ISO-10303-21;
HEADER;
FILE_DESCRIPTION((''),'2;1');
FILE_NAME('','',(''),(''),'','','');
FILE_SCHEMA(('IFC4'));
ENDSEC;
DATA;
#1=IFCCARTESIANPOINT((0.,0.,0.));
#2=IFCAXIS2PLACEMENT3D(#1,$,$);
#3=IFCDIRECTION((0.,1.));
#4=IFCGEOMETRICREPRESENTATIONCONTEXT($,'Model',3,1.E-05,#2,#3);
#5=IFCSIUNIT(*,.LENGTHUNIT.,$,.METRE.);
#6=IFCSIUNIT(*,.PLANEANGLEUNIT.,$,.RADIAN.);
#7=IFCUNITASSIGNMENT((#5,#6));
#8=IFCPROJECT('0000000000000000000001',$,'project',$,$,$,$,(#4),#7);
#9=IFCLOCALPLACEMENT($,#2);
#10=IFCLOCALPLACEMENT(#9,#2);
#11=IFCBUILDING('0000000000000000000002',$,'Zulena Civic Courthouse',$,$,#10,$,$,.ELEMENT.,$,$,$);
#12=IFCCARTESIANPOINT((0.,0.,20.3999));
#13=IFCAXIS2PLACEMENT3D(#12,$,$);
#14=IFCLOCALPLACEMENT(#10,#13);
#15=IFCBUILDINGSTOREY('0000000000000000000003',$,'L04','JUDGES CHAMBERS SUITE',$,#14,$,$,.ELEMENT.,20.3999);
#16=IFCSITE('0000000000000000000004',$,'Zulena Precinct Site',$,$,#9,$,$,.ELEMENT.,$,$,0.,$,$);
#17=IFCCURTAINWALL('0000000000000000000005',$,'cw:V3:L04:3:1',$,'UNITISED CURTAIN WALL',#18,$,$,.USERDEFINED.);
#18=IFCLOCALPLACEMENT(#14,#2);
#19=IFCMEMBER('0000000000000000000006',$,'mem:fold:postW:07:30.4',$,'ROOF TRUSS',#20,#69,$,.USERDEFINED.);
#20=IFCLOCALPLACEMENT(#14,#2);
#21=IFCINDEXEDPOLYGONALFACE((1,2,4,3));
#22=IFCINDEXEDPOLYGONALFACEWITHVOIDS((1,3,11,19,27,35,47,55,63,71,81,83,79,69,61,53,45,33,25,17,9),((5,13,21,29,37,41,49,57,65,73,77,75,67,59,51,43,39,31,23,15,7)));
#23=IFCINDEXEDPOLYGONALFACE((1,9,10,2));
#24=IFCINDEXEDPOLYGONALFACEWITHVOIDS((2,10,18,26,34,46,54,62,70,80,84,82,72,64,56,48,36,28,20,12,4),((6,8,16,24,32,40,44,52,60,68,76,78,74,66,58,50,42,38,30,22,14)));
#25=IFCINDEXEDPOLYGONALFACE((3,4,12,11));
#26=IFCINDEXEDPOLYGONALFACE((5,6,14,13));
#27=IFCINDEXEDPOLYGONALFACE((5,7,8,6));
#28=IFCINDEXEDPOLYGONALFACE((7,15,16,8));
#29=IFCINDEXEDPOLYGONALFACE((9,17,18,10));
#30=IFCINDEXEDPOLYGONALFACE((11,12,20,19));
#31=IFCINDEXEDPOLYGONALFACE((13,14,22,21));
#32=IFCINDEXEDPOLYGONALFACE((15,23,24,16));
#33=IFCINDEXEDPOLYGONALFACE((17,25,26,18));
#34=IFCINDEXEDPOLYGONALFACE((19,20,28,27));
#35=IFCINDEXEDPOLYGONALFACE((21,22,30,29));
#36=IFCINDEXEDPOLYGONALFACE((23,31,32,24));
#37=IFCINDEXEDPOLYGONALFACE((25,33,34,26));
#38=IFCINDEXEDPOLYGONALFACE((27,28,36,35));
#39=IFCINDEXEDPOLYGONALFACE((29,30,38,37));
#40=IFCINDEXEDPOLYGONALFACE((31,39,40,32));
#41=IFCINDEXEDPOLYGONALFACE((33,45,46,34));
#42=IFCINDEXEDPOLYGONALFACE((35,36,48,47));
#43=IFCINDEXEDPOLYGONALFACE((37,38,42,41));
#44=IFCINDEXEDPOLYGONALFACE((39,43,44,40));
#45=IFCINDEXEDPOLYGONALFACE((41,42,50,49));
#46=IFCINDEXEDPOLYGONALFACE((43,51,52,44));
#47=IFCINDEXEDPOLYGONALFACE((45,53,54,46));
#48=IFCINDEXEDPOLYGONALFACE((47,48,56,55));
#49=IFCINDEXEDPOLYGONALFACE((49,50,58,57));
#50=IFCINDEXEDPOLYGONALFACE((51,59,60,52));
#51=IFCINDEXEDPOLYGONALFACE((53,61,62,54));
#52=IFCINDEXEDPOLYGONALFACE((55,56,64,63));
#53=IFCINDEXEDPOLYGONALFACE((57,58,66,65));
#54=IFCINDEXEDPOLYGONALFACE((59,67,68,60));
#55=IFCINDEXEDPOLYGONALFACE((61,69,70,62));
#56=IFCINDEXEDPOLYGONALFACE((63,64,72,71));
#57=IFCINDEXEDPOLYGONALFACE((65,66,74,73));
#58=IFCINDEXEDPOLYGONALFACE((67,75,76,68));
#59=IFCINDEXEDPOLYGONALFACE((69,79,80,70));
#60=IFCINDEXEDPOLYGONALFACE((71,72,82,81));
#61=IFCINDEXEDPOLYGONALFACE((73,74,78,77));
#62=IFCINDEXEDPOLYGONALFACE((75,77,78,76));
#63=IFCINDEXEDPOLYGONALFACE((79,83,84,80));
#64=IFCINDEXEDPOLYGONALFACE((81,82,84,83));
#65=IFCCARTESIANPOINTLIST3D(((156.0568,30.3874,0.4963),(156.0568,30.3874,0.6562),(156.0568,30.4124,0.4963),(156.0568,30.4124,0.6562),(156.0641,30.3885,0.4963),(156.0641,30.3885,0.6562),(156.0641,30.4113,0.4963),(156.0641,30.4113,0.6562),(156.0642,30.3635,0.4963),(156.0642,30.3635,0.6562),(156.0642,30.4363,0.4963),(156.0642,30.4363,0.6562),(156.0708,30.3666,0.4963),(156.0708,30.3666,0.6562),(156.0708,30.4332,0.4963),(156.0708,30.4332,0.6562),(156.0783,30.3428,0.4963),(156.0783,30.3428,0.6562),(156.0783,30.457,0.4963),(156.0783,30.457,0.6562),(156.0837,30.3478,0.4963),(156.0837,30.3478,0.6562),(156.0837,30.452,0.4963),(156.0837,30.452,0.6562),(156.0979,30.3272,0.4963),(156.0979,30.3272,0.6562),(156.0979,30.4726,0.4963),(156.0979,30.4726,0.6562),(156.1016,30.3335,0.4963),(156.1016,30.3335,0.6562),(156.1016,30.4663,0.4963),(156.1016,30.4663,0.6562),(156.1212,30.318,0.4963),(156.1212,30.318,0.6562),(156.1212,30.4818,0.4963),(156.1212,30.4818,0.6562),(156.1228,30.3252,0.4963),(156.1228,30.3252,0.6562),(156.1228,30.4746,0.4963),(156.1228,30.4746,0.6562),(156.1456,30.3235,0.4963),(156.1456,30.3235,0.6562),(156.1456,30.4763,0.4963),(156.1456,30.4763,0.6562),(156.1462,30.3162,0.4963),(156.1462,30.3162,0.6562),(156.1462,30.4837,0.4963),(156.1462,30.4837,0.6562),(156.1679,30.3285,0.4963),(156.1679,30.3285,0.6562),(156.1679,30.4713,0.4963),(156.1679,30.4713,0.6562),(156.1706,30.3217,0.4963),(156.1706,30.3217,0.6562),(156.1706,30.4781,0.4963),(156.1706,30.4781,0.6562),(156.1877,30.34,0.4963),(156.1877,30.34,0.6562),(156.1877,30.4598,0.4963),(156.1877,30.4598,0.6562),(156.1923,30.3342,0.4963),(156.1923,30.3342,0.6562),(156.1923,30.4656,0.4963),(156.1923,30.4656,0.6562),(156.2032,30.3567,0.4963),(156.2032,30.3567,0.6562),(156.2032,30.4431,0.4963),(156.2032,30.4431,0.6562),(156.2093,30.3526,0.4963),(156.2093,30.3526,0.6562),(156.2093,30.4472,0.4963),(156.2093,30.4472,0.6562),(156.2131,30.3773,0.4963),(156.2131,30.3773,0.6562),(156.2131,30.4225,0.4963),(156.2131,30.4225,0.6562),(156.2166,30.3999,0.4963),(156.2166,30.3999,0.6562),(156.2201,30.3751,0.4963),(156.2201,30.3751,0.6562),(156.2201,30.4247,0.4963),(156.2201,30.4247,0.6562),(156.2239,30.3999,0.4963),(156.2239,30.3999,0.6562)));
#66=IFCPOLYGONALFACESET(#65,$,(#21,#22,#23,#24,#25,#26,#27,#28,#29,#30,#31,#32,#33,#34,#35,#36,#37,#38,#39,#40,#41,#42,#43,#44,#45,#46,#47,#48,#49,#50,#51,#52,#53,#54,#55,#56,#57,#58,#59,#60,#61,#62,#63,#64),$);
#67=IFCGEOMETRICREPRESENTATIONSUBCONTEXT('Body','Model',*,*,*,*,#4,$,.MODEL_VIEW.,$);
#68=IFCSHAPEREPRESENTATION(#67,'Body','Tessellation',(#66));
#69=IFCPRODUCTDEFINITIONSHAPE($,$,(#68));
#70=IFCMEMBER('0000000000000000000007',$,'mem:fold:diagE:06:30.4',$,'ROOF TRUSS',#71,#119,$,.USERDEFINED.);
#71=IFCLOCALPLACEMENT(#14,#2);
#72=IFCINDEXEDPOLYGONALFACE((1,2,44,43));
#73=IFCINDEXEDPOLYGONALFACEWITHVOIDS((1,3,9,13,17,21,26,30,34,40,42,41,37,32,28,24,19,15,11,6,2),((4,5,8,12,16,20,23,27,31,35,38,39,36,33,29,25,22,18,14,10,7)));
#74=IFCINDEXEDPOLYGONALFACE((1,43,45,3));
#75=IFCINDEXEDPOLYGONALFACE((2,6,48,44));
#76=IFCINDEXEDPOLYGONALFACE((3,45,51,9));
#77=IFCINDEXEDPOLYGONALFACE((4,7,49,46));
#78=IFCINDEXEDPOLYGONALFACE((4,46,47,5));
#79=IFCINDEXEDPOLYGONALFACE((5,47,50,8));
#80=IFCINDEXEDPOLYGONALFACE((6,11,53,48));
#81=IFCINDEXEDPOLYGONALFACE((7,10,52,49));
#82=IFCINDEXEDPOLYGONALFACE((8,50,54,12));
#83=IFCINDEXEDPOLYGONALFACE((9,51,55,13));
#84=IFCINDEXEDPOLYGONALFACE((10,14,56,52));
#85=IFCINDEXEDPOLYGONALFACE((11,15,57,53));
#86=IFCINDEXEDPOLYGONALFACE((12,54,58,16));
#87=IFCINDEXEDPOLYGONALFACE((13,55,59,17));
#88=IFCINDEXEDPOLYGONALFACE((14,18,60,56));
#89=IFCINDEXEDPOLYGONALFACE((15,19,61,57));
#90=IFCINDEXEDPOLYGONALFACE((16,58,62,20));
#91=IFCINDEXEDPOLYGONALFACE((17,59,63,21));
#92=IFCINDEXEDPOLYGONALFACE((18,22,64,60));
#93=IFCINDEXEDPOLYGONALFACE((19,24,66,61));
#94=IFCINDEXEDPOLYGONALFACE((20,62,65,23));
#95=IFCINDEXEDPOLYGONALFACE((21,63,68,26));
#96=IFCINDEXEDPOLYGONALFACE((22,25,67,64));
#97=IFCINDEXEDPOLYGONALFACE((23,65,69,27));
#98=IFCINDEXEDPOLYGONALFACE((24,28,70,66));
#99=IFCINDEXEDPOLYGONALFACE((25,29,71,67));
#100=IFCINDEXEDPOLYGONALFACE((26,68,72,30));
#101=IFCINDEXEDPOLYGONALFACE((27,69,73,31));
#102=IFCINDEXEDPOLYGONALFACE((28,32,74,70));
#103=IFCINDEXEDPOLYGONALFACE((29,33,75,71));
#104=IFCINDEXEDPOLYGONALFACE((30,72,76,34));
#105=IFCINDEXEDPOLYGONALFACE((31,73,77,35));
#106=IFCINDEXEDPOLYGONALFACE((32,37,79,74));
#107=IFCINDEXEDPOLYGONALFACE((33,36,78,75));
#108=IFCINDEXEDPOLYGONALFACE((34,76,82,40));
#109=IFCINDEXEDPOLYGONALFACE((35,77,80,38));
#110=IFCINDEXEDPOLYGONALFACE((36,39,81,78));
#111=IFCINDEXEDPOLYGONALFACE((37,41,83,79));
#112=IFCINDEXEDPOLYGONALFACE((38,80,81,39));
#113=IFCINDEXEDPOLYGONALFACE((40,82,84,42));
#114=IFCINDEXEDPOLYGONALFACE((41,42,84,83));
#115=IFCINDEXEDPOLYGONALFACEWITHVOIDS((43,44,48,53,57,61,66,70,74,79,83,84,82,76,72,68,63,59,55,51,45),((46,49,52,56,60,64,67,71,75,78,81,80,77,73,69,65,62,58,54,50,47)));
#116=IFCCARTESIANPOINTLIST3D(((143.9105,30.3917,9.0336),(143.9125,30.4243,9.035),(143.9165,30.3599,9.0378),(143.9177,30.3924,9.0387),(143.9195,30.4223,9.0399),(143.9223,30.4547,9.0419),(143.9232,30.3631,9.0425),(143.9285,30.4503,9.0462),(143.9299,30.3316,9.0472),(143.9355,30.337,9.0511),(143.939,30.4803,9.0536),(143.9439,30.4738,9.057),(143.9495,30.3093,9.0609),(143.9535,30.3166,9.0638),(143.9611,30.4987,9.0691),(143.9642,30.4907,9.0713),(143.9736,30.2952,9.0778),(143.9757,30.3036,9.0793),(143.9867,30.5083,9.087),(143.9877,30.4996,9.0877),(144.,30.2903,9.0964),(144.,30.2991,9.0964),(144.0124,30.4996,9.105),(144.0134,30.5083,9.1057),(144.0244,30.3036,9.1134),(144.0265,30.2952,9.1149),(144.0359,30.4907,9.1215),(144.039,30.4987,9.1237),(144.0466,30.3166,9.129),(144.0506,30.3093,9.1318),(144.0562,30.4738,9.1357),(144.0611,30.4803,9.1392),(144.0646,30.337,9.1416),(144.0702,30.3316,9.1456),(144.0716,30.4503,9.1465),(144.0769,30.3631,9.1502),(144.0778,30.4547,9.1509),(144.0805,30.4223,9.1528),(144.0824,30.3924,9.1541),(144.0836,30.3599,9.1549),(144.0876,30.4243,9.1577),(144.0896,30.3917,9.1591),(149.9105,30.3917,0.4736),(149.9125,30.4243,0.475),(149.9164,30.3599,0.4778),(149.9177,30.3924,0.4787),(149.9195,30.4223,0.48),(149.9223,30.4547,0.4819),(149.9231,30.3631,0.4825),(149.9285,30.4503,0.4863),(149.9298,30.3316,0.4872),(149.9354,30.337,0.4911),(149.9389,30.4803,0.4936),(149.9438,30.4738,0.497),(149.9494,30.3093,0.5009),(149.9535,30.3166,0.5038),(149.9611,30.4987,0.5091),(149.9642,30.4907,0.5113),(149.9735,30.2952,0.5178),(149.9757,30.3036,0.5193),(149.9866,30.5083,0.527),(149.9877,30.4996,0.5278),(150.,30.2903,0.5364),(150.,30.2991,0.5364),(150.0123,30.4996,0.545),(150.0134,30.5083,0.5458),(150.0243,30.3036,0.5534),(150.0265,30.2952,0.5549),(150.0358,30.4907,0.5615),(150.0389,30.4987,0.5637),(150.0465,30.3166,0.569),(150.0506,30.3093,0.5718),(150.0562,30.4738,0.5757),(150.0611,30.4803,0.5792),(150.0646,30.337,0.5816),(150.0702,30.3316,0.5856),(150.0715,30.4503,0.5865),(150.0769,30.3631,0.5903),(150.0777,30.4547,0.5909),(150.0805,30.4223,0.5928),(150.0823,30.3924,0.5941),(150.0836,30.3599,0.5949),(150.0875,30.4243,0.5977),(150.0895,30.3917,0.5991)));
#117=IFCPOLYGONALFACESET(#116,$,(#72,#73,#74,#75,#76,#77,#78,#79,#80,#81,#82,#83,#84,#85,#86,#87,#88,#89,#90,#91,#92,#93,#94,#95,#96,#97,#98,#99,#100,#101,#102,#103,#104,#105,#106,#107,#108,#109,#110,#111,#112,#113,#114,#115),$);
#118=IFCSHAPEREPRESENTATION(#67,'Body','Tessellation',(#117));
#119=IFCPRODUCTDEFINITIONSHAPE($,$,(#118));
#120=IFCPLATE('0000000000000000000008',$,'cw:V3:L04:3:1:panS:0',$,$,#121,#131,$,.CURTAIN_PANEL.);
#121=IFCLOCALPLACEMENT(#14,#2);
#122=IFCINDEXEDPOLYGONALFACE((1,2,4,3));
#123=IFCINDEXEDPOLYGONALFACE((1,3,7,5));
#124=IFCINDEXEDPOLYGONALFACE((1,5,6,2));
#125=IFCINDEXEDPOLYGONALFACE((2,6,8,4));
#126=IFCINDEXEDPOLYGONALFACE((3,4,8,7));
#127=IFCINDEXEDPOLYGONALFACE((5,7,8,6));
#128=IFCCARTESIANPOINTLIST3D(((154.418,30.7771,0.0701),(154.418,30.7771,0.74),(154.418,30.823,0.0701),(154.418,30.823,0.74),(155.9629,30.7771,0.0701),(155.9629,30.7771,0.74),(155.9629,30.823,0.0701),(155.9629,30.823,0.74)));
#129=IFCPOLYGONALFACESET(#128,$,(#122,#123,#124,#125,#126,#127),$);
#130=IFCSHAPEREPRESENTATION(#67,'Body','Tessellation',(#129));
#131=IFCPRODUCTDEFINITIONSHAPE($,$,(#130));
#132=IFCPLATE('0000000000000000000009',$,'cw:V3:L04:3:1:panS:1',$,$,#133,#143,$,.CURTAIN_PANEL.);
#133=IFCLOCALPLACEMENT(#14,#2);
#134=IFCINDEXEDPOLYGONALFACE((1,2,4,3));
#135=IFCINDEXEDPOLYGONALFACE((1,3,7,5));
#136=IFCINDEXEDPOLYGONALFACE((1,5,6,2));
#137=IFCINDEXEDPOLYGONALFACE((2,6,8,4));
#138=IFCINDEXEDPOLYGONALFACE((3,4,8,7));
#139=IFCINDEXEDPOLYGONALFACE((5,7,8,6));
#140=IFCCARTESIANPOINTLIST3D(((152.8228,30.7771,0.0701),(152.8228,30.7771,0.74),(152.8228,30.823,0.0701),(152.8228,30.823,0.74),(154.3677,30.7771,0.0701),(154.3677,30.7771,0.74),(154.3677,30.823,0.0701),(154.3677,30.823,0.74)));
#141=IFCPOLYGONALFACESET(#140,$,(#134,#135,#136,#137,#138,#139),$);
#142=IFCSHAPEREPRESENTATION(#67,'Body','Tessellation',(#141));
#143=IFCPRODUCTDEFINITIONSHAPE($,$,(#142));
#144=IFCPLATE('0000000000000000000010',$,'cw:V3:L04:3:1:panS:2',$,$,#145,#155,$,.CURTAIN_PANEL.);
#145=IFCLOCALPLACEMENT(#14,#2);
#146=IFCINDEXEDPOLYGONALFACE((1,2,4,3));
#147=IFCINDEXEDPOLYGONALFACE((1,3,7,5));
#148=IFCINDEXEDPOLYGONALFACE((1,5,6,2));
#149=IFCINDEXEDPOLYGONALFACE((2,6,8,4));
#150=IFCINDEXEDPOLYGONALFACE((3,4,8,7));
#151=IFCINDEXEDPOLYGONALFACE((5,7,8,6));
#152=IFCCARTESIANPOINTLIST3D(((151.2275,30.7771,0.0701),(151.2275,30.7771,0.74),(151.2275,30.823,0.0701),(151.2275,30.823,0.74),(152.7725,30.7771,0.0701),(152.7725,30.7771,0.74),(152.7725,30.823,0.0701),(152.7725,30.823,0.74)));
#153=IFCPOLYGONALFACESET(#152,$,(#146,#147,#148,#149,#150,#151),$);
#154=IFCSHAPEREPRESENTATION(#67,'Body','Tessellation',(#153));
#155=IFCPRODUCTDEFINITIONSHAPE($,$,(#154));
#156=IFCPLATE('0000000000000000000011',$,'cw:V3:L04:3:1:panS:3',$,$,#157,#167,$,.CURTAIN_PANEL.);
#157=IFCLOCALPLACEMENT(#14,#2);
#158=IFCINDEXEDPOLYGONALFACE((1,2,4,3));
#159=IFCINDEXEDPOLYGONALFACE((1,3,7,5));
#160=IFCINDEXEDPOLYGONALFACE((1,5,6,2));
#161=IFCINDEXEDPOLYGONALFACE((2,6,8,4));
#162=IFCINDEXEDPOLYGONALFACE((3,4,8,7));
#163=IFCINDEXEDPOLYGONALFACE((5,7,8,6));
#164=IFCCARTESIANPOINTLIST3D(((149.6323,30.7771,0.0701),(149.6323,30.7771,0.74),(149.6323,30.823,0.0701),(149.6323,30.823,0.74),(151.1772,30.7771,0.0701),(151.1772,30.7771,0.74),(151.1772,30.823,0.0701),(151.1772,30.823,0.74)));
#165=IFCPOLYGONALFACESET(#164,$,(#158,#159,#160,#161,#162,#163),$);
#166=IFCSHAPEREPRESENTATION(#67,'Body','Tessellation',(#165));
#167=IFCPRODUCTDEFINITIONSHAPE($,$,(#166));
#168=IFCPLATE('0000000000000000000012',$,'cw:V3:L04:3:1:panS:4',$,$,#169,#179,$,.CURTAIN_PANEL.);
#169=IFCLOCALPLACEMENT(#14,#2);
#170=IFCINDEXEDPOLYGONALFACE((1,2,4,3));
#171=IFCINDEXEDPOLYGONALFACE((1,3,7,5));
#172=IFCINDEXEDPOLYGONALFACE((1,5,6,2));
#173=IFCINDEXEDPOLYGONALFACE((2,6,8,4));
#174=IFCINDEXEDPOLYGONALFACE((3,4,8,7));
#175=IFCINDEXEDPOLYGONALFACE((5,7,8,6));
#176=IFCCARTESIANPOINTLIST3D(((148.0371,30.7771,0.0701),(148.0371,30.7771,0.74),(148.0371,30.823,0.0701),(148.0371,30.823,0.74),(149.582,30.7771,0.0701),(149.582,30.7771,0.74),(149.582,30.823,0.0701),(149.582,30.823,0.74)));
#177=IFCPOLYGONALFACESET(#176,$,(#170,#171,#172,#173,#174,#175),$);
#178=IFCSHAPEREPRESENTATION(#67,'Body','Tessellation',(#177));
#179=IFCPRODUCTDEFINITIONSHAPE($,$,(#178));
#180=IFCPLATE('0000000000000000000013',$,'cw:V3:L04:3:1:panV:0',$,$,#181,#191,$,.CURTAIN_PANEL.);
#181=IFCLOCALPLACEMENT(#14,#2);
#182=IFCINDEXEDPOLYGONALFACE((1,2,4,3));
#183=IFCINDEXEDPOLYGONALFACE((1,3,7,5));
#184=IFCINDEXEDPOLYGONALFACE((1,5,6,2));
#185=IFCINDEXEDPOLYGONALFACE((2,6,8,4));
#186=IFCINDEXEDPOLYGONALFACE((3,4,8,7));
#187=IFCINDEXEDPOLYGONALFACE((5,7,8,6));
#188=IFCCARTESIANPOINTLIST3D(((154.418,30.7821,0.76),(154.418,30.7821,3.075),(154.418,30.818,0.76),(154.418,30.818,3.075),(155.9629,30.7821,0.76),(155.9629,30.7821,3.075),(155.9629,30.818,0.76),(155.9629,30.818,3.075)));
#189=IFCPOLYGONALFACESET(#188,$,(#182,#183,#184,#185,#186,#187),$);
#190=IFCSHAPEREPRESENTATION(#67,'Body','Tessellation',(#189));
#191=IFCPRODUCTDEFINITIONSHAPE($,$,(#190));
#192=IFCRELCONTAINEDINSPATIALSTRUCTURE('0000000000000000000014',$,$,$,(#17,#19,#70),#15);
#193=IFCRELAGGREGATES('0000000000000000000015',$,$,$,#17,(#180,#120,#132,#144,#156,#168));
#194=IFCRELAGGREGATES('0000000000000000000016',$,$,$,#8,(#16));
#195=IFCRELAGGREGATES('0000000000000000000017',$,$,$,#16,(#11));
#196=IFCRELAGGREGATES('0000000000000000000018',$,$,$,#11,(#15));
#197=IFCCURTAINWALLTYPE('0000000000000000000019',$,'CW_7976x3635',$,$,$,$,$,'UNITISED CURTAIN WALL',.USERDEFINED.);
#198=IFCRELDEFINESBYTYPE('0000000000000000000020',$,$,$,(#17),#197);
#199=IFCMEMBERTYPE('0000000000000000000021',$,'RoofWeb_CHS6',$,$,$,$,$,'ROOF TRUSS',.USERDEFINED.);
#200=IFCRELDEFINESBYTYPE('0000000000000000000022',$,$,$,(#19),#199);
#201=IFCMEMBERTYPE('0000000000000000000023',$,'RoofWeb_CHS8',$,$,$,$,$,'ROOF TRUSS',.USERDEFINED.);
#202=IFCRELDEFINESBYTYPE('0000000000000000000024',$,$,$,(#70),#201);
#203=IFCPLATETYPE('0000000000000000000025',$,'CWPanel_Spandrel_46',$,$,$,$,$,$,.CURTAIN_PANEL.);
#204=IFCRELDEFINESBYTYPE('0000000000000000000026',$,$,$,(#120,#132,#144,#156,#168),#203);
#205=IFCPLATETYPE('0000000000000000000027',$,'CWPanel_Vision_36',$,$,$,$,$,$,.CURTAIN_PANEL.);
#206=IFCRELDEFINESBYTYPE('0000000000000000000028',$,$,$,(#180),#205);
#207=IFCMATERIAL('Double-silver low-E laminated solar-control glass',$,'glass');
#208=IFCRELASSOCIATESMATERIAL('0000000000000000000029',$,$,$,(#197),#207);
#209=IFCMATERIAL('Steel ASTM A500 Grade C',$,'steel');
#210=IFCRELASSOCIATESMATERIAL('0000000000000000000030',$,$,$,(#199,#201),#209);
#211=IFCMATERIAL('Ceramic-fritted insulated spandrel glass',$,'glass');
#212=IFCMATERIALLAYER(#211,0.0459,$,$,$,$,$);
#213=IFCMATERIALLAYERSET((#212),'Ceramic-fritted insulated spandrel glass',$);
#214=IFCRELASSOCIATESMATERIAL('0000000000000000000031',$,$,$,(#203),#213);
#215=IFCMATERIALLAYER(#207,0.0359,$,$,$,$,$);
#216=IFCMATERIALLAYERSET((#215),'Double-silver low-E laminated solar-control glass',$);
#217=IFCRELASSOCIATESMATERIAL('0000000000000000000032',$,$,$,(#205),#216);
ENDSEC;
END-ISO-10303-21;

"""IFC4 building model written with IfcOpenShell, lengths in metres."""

from ifc_helpers import new_model, si_unit, direction, frame, origin, origin_2d, place, context, subcontext, project, spatial, rectangle, hollow_circle, extrude, material, layer, layer_set, material_profile, profile_set, type_object, element, aggregate, save


model = new_model("IFC4")

# Units and contexts
model_context = context("Model", 3, precision=1e-05, world=origin(), true_north=direction((0.0, 1.0)))
body_context = subcontext(model_context, "Body", "Model", "MODEL_VIEW")
ifc_project = project(units=[si_unit("LENGTHUNIT", "METRE"), si_unit("PLANEANGLEUNIT", "RADIAN")], contexts=[model_context])

# Site, building, storey
site_placement = place(None, origin())
site = spatial("IfcSite", under=ifc_project, at=site_placement, Name="Zulena Precinct Site", CompositionType="ELEMENT", RefElevation=0.0)
building_placement = place(site_placement, origin())
building = spatial("IfcBuilding", under=site, at=building_placement, Name="Zulena Civic Courthouse", CompositionType="ELEMENT")
storey_placement = place(building_placement, frame((0.0, 0.0, 20.3999)))
storey = spatial("IfcBuildingStorey", under=building, at=storey_placement, Name="L04", Description="JUDGES CHAMBERS SUITE", CompositionType="ELEMENT", Elevation=20.3999)

# Curtain wall
ifc_material_1 = material(Name="Double-silver low-E laminated solar-control glass", Category="glass")
curtain_wall_type = type_object("IfcCurtainWallType", Name="CW_7976x3635", ElementType="UNITISED CURTAIN WALL", PredefinedType="USERDEFINED", material=ifc_material_1)
curtain_wall_placement = place(storey_placement, origin())
curtain_wall = element("IfcCurtainWall", 1, at=curtain_wall_placement, inside=storey, type_object=curtain_wall_type, Name="cw:V3:L04:3:1", ObjectType="UNITISED CURTAIN WALL", PredefinedType="USERDEFINED")

# Members
ifc_material_2 = material(Name="Steel ASTM A500 Grade C", Category="steel")
ifc_material_profile_1 = material_profile(ifc_material_2, hollow_circle(Radius=0.084, WallThickness=0.0073, at=origin_2d()), Name="HSS6.625X0.312")
ifc_profile_set_1 = profile_set([ifc_material_profile_1], Name="Steel ASTM A500 Grade C")
member_type_1 = type_object("IfcMemberType", Name="RoofWeb_CHS6", ElementType="ROOF TRUSS", PredefinedType="USERDEFINED", material=ifc_profile_set_1)
member_1_placement = place(storey_placement, frame((156.1399, 30.3999, 0.4963), z_axis=(0.0, 0.0, 1.0), x_axis=(1.0, 0.0, 0.0)))
element("IfcMember", 2, at=member_1_placement, inside=storey, type_object=member_type_1, Name="mem:fold:postW:07:30.4", ObjectType="ROOF TRUSS", PredefinedType="USERDEFINED", context=body_context, shape_type="SweptSolid", body=[
    extrude(hollow_circle(Radius=0.084, WallThickness=0.0073, at=origin_2d()), origin(), (0.0, 0.0, 1.0), 0.1599),
])
ifc_material_profile_2 = material_profile(ifc_material_2, hollow_circle(Radius=0.1096, WallThickness=0.0088, at=origin_2d()), Name="HSS8.625X0.375")
ifc_profile_set_2 = profile_set([ifc_material_profile_2], Name="Steel ASTM A500 Grade C")
member_type_2 = type_object("IfcMemberType", Name="RoofWeb_CHS8", ElementType="ROOF TRUSS", PredefinedType="USERDEFINED", material=ifc_profile_set_2)
member_2_placement = place(storey_placement, frame((150.0, 30.3999, 0.5364), z_axis=(-0.573973, 0.0, 0.818874), x_axis=(0.0, -1.0, 0.0)))
element("IfcMember", 3, at=member_2_placement, inside=storey, type_object=member_type_2, Name="mem:fold:diagE:06:30.4", ObjectType="ROOF TRUSS", PredefinedType="USERDEFINED", context=body_context, shape_type="SweptSolid", body=[
    extrude(hollow_circle(Radius=0.1096, WallThickness=0.0088, at=origin_2d()), origin(), (0.0, 0.0, 1.0), 10.4534),
])

# Plates
ifc_material_3 = material(Name="Ceramic-fritted insulated spandrel glass", Category="glass")
ifc_layer_1 = layer(ifc_material_3, 0.0459)
ifc_layer_set_1 = layer_set([ifc_layer_1], Name="Ceramic-fritted insulated spandrel glass")
plate_type_1 = type_object("IfcPlateType", Name="CWPanel_Spandrel_46", PredefinedType="CURTAIN_PANEL", material=ifc_layer_set_1)
plate_1_placement = place(storey_placement, frame((155.1904, 30.8, 0.0701), z_axis=(0.0, 0.0, 1.0), x_axis=(-1.0, 0.0, 0.0)))
plate_1 = element("IfcPlate", 4, at=plate_1_placement, type_object=plate_type_1, Name="cw:V3:L04:3:1:panS:0", PredefinedType="CURTAIN_PANEL", context=body_context, shape_type="SweptSolid", body=[
    extrude(rectangle(XDim=1.5449, YDim=0.0459, at=origin_2d()), origin(), (0.0, 0.0, 1.0), 0.6699),
])
plate_2_placement = place(storey_placement, frame((153.5952, 30.8, 0.0701), z_axis=(0.0, 0.0, 1.0), x_axis=(-1.0, 0.0, 0.0)))
plate_2 = element("IfcPlate", 5, at=plate_2_placement, type_object=plate_type_1, Name="cw:V3:L04:3:1:panS:1", PredefinedType="CURTAIN_PANEL", context=body_context, shape_type="SweptSolid", body=[
    extrude(rectangle(XDim=1.5449, YDim=0.0459, at=origin_2d()), origin(), (0.0, 0.0, 1.0), 0.6699),
])
plate_3_placement = place(storey_placement, frame((152.0, 30.8, 0.0701), z_axis=(0.0, 0.0, 1.0), x_axis=(-1.0, 0.0, 0.0)))
plate_3 = element("IfcPlate", 6, at=plate_3_placement, type_object=plate_type_1, Name="cw:V3:L04:3:1:panS:2", PredefinedType="CURTAIN_PANEL", context=body_context, shape_type="SweptSolid", body=[
    extrude(rectangle(XDim=1.5449, YDim=0.0459, at=origin_2d()), origin(), (0.0, 0.0, 1.0), 0.6699),
])
plate_4_placement = place(storey_placement, frame((150.4048, 30.8, 0.0701), z_axis=(0.0, 0.0, 1.0), x_axis=(-1.0, 0.0, 0.0)))
plate_4 = element("IfcPlate", 7, at=plate_4_placement, type_object=plate_type_1, Name="cw:V3:L04:3:1:panS:3", PredefinedType="CURTAIN_PANEL", context=body_context, shape_type="SweptSolid", body=[
    extrude(rectangle(XDim=1.5449, YDim=0.0459, at=origin_2d()), origin(), (0.0, 0.0, 1.0), 0.6699),
])
plate_5_placement = place(storey_placement, frame((148.8096, 30.8, 0.0701), z_axis=(0.0, 0.0, 1.0), x_axis=(-1.0, 0.0, 0.0)))
plate_5 = element("IfcPlate", 8, at=plate_5_placement, type_object=plate_type_1, Name="cw:V3:L04:3:1:panS:4", PredefinedType="CURTAIN_PANEL", context=body_context, shape_type="SweptSolid", body=[
    extrude(rectangle(XDim=1.5449, YDim=0.0459, at=origin_2d()), origin(), (0.0, 0.0, 1.0), 0.6699),
])
ifc_layer_2 = layer(ifc_material_1, 0.0359)
ifc_layer_set_2 = layer_set([ifc_layer_2], Name="Double-silver low-E laminated solar-control glass")
plate_type_2 = type_object("IfcPlateType", Name="CWPanel_Vision_36", PredefinedType="CURTAIN_PANEL", material=ifc_layer_set_2)
plate_6_placement = place(storey_placement, frame((155.1904, 30.8, 0.76), z_axis=(0.0, 0.0, 1.0), x_axis=(-1.0, 0.0, 0.0)))
plate_6 = element("IfcPlate", 9, at=plate_6_placement, type_object=plate_type_2, Name="cw:V3:L04:3:1:panV:0", PredefinedType="CURTAIN_PANEL", context=body_context, shape_type="SweptSolid", body=[
    extrude(rectangle(XDim=1.5449, YDim=0.0359, at=origin_2d()), origin(), (0.0, 0.0, 1.0), 2.3149),
])
aggregate(curtain_wall, [plate_6, plate_1, plate_2, plate_3, plate_4, plate_5])

save(model, "model.ifc")
